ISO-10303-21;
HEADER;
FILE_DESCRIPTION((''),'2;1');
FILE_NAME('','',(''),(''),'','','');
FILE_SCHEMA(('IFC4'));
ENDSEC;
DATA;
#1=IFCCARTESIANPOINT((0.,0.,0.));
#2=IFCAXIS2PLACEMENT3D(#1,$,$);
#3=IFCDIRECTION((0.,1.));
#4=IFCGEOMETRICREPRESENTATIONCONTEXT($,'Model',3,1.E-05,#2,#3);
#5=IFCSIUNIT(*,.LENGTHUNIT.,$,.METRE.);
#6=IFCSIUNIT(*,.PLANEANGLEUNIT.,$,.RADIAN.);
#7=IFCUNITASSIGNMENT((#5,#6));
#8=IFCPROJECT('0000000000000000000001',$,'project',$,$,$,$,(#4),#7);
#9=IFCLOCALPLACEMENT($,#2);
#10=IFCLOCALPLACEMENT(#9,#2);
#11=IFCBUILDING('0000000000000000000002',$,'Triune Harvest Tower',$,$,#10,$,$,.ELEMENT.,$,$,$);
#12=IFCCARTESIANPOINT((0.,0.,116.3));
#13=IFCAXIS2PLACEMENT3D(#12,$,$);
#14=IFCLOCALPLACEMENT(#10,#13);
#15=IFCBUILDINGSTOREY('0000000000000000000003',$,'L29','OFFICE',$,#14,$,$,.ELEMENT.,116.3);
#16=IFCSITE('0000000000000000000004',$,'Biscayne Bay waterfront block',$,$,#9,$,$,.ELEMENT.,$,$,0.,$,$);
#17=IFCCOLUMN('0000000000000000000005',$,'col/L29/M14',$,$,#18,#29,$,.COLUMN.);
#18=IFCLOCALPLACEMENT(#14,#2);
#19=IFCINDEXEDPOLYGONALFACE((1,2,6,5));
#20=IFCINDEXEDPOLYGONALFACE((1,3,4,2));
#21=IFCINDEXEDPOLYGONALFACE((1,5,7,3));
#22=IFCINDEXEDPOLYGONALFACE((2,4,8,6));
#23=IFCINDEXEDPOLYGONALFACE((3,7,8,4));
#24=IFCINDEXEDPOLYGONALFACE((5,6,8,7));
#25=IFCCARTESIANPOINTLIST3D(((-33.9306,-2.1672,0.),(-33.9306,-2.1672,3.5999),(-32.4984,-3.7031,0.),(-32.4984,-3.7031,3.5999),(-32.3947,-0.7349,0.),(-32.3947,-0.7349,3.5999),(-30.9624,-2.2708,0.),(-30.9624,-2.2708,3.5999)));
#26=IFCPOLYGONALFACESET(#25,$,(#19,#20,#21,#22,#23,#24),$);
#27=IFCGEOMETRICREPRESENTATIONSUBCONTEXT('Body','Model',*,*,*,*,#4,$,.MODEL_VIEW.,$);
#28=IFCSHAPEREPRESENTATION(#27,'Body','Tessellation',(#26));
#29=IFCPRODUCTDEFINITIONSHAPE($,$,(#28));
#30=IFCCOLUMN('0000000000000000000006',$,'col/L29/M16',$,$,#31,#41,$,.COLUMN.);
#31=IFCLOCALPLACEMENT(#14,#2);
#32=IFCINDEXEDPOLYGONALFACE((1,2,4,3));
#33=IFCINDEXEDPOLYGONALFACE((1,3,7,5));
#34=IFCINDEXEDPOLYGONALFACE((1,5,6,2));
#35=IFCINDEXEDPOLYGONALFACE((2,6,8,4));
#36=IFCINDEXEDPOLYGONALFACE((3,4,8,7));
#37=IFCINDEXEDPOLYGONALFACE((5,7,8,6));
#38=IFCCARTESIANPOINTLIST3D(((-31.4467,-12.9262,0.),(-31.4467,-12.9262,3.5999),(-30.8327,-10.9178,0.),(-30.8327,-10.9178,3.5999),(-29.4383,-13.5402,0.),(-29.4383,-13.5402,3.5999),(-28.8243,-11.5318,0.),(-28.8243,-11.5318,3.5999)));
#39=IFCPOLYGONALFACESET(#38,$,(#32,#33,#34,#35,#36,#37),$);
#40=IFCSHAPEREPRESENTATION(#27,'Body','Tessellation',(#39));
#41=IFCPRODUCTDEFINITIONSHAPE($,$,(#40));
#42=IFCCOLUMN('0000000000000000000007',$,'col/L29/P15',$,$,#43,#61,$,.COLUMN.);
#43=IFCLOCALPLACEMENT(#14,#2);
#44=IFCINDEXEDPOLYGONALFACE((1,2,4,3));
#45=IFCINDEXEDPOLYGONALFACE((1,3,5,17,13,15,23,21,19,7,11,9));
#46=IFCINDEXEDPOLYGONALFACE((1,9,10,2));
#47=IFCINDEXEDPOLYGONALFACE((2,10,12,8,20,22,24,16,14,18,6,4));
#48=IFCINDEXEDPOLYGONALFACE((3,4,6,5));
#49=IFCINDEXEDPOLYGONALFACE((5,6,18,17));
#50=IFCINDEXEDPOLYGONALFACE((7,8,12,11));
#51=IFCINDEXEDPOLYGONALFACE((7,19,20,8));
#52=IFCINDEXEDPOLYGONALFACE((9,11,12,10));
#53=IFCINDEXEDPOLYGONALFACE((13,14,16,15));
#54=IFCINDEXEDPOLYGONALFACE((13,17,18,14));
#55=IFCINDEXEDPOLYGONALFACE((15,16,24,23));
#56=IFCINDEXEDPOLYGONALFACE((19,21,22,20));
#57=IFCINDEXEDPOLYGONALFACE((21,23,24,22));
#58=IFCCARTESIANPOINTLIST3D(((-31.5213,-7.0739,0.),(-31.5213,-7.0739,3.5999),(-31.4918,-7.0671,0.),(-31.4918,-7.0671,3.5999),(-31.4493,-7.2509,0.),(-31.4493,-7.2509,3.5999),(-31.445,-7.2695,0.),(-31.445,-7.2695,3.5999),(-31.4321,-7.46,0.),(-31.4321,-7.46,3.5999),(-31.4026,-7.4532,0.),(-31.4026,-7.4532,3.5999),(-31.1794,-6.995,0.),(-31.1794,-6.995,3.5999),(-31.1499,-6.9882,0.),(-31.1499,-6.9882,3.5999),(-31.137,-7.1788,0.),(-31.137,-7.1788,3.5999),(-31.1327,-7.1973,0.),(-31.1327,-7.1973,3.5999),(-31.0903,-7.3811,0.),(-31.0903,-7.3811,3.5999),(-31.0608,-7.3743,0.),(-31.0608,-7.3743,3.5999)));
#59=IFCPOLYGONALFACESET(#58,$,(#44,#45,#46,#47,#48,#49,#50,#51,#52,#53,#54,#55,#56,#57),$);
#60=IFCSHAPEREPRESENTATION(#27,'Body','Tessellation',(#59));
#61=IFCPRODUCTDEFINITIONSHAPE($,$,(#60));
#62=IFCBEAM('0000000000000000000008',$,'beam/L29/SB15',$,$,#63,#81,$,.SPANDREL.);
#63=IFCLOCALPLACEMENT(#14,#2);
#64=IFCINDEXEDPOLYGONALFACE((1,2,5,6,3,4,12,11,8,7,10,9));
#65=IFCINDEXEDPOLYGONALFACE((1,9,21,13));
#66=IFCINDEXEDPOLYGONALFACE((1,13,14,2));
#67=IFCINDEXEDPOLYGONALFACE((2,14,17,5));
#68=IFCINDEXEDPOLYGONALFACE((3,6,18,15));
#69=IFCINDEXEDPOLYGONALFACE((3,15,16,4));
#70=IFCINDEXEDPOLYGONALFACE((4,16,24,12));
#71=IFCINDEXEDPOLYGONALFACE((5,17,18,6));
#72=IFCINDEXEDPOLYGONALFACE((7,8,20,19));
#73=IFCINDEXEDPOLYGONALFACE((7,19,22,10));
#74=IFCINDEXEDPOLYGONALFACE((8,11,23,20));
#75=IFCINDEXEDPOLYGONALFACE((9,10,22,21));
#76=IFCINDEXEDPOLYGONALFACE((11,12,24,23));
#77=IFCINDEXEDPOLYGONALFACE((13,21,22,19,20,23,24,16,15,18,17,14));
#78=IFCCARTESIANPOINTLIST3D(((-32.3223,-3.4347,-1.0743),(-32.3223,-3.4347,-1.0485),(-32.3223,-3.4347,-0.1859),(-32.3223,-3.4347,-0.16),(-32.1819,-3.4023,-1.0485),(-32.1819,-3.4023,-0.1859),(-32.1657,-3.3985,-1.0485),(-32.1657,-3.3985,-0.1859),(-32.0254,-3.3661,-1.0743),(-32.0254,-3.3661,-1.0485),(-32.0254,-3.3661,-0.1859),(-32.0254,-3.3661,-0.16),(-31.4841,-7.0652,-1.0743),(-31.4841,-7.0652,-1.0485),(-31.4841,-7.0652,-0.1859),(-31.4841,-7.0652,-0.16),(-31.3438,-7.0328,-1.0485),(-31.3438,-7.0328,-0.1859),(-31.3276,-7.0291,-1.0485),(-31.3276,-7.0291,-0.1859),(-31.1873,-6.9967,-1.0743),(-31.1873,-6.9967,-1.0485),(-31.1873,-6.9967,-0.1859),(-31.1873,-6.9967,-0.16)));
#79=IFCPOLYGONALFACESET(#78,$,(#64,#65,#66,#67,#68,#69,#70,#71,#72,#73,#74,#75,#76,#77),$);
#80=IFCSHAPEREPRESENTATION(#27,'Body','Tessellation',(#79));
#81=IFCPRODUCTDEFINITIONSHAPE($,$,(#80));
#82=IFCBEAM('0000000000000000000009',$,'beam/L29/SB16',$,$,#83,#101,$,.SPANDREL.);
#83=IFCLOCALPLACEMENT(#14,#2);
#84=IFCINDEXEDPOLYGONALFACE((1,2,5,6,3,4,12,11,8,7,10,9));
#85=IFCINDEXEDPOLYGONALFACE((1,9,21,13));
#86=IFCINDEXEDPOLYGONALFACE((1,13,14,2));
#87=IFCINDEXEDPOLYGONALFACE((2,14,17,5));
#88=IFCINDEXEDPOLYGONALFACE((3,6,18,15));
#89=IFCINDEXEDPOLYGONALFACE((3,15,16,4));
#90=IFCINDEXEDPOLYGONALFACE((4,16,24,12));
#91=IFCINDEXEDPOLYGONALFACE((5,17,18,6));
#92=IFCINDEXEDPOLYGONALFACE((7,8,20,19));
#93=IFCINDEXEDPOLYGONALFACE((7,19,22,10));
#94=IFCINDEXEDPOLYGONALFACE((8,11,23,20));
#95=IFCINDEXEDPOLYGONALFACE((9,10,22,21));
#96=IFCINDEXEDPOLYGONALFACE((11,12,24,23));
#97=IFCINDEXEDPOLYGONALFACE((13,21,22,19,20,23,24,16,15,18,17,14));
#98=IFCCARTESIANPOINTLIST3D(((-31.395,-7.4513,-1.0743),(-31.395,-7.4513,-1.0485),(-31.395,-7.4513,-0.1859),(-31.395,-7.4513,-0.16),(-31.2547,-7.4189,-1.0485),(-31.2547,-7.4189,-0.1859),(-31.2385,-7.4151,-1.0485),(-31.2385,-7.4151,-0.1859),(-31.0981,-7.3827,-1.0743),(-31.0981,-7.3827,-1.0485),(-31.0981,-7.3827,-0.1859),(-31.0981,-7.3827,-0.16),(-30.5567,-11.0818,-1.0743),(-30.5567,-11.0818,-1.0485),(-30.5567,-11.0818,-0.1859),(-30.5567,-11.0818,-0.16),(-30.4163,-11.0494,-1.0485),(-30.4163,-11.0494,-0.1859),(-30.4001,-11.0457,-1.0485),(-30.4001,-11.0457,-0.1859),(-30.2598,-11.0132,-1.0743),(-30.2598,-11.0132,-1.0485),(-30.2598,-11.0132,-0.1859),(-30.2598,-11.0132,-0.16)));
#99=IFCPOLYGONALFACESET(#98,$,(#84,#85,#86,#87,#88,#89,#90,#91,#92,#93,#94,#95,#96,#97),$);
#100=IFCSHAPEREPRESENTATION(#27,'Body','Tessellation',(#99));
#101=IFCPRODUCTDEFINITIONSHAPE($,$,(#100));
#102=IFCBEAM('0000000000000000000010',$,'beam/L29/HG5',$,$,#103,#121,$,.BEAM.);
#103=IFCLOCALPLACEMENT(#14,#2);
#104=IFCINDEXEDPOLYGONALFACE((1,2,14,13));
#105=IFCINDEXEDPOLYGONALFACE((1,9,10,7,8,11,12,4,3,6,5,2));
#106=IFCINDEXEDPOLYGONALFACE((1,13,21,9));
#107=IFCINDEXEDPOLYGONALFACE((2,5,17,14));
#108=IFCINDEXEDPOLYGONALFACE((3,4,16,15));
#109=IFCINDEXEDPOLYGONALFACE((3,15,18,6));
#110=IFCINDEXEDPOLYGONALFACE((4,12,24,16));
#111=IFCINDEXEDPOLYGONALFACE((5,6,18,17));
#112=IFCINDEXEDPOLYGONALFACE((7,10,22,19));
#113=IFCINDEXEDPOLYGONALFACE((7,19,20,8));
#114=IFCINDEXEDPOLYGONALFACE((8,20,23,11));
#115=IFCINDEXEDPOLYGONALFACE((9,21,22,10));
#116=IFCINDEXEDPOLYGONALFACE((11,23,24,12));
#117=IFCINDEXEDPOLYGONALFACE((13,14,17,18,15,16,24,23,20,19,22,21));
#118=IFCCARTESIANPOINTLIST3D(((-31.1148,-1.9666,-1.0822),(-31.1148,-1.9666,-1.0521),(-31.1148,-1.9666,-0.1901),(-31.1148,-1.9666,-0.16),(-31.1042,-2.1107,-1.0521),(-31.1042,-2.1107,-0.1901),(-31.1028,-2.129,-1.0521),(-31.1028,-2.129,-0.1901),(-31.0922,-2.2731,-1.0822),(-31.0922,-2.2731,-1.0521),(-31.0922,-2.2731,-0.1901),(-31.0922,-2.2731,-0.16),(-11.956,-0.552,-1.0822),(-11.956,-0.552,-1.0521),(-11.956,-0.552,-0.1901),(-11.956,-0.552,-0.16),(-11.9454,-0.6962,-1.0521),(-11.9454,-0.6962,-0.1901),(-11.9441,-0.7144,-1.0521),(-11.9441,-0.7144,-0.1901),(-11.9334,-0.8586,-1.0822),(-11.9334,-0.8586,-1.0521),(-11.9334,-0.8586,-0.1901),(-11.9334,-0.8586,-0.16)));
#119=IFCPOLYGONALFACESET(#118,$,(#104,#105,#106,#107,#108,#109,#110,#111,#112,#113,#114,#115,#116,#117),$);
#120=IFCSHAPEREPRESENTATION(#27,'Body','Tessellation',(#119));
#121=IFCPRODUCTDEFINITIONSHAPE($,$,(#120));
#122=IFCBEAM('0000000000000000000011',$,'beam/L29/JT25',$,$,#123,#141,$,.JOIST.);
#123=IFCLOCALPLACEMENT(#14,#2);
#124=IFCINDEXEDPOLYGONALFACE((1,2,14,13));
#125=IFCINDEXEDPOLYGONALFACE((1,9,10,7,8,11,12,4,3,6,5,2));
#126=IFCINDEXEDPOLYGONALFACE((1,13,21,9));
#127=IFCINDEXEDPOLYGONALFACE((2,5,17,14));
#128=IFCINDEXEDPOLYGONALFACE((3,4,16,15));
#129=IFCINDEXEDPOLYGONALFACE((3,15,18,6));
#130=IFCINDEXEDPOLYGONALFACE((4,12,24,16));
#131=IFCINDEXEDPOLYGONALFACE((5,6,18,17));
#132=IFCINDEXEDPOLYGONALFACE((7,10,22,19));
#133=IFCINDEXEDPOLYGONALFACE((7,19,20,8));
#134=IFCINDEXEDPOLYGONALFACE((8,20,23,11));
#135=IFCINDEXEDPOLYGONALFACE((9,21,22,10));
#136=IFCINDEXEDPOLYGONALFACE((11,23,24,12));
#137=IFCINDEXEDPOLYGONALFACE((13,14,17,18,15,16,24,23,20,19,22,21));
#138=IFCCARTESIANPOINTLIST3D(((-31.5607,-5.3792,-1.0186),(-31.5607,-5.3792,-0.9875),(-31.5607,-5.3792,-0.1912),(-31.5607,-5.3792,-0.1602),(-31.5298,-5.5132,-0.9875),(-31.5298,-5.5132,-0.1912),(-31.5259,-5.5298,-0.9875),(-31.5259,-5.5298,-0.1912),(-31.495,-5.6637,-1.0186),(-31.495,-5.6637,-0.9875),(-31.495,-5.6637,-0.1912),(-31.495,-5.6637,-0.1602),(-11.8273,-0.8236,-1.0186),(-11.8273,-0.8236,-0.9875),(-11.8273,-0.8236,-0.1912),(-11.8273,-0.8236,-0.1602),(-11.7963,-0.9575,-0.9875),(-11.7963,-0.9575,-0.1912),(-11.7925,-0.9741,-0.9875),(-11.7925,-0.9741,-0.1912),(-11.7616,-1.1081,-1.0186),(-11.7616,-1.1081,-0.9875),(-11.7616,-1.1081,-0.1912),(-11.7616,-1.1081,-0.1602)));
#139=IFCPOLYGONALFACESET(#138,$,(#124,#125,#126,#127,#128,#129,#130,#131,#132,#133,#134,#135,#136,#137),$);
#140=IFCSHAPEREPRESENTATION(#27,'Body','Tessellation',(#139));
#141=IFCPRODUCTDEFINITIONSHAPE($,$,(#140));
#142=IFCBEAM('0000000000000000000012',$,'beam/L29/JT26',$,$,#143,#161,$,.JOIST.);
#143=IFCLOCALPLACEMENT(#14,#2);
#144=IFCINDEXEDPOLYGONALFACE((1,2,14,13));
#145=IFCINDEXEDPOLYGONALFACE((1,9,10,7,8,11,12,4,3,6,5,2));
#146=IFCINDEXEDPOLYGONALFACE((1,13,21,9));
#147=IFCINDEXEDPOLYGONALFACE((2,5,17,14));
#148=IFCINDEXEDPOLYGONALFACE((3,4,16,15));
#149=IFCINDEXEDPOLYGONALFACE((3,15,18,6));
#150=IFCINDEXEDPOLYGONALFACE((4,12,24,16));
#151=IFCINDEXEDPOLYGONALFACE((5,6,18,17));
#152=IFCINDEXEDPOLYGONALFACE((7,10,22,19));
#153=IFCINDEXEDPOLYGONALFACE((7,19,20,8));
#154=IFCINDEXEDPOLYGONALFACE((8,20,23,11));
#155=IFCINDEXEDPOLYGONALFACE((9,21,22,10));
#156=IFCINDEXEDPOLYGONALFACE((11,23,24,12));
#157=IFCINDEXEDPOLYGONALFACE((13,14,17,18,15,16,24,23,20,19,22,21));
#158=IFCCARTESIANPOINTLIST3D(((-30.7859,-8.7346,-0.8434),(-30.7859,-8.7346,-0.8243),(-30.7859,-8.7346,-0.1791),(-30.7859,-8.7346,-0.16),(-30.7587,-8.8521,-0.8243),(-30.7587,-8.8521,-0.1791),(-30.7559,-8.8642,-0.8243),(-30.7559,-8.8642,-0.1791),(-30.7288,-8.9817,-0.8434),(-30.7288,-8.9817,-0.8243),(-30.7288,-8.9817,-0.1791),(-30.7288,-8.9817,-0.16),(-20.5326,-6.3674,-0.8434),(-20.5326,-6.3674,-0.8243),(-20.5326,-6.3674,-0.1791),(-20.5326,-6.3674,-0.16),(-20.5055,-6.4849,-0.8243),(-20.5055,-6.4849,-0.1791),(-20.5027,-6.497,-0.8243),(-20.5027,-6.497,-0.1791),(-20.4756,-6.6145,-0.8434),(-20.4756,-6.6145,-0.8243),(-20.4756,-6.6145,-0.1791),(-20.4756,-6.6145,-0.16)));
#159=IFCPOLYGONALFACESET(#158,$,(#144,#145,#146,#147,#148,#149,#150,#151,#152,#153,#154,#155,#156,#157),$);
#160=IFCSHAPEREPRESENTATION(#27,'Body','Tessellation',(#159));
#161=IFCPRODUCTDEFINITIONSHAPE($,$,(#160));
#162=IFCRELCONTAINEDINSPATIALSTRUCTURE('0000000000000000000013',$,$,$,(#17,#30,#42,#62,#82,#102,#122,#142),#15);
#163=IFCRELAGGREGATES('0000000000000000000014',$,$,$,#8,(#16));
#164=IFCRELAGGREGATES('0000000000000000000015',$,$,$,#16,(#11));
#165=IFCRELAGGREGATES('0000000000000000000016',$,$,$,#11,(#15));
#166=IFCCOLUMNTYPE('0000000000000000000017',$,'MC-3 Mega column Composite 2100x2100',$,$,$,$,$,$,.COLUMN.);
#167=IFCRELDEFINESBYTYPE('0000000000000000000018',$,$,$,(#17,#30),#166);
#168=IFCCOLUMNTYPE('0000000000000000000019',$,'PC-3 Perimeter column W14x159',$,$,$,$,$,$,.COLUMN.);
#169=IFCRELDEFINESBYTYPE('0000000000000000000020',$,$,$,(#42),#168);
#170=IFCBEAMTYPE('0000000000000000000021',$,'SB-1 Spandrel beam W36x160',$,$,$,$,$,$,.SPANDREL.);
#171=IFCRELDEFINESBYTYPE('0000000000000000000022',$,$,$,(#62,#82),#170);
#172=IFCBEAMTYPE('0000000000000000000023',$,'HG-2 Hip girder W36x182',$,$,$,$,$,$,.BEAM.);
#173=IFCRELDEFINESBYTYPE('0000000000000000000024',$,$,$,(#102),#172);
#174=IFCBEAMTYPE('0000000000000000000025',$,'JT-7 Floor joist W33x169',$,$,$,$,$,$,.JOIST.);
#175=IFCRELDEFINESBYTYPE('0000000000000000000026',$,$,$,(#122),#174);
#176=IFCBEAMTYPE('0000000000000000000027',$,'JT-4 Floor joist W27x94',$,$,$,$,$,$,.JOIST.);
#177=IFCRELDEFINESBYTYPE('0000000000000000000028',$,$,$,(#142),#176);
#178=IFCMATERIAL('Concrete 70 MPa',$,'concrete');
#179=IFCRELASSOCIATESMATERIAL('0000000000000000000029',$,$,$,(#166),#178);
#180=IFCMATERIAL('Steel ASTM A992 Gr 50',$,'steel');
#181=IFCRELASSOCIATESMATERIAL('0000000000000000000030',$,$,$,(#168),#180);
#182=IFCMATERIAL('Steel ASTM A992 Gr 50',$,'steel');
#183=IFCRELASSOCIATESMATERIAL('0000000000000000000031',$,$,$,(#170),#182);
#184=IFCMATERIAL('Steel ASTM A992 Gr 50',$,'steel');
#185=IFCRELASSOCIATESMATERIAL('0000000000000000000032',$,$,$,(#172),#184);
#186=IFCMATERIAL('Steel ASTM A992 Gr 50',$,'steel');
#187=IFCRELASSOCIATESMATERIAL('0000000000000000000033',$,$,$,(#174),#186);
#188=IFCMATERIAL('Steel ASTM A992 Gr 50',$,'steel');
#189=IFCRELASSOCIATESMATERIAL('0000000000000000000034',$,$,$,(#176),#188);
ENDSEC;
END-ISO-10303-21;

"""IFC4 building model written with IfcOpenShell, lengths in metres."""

from ifc_helpers import new_model, si_unit, direction, frame, origin, origin_2d, place, context, subcontext, project, spatial, rectangle, i_section, extrude, source, transform, mapped, material, material_profile, profile_set, type_object, element, save


model = new_model("IFC4")

# Units and contexts
model_context = context("Model", 3, precision=1e-05, world=origin(), true_north=direction((0.0, 1.0)))
body_context = subcontext(model_context, "Body", "Model", "MODEL_VIEW")
ifc_project = project(units=[si_unit("LENGTHUNIT", "METRE"), si_unit("PLANEANGLEUNIT", "RADIAN")], contexts=[model_context])

# Site, building, storey
site_placement = place(None, origin())
site = spatial("IfcSite", under=ifc_project, at=site_placement, Name="Biscayne Bay waterfront block", CompositionType="ELEMENT", RefElevation=0.0)
building_placement = place(site_placement, origin())
building = spatial("IfcBuilding", under=site, at=building_placement, Name="Triune Harvest Tower", CompositionType="ELEMENT")
storey_placement = place(building_placement, frame((0.0, 0.0, 116.3)))
storey = spatial("IfcBuildingStorey", under=building, at=storey_placement, Name="L29", Description="OFFICE", CompositionType="ELEMENT", Elevation=116.3)

# Columns
ifc_material_1 = material(Name="Concrete 70 MPa", Category="concrete")
ifc_material_profile_1 = material_profile(ifc_material_1, rectangle(XDim=2.1001, YDim=2.1001, at=origin_2d()), Name="Composite 2100x2100")
ifc_profile_set_1 = profile_set([ifc_material_profile_1], Name="Concrete 70 MPa")
column_type_1 = type_object("IfcColumnType", Name="MC-3 Mega column Composite 2100x2100", PredefinedType="COLUMN", material=ifc_profile_set_1)
shared_shape_1 = source(origin(), body_context, "Body", "SweptSolid", [
    extrude(rectangle(XDim=2.1001, YDim=2.1001, at=origin_2d()), origin(), (0.0, 0.0, 1.0), 3.5999),
])
for number, where, z_axis, x_axis, name in (
    (1, (-32.4465, -2.219, 0.0), (0.0, 0.0, 1.0), (-0.731355, -0.681997, 0.0), "col/L29/M14"),
    (2, (-30.1355, -12.229, 0.0), (0.0, 0.0, 1.0), (0.956305, -0.292372, 0.0), "col/L29/M16"),
):
    element("IfcColumn", number, at=place(storey_placement, frame(where, z_axis=z_axis, x_axis=x_axis)), inside=storey, type_object=column_type_1, Name=name, PredefinedType="COLUMN", context=body_context, shape_type="MappedRepresentation", body=[
        mapped(shared_shape_1, transform((0.0, 0.0, 0.0), scale=1.0)),
    ])
ifc_material_2 = material(Name="Steel ASTM A992 Gr 50", Category="steel")
ifc_material_profile_2 = material_profile(ifc_material_2, i_section(OverallWidth=0.3962, OverallDepth=0.3811, WebThickness=0.019, FlangeThickness=0.0303, at=origin_2d()), Name="W14x159")
ifc_profile_set_2 = profile_set([ifc_material_profile_2], Name="Steel ASTM A992 Gr 50")
column_type_2 = type_object("IfcColumnType", Name="PC-3 Perimeter column W14x159", PredefinedType="COLUMN", material=ifc_profile_set_2)
shared_shape_2 = source(origin(), body_context, "Body", "SweptSolid", [
    extrude(i_section(OverallWidth=0.3962, OverallDepth=0.3811, WebThickness=0.019, FlangeThickness=0.0303, at=origin_2d()), origin(), (0.0, 0.0, 1.0), 3.5999),
])
column_placement = place(storey_placement, frame((-31.291, -7.2241, 0.0), z_axis=(0.0, 0.0, 1.0), x_axis=(0.224951, -0.97437, 0.0)))
element("IfcColumn", 3, at=column_placement, inside=storey, type_object=column_type_2, Name="col/L29/P15", PredefinedType="COLUMN", context=body_context, shape_type="MappedRepresentation", body=[
    mapped(shared_shape_2, transform((0.0, 0.0, 0.0), scale=1.0)),
])

# Beams
ifc_material_3 = material(Name="Steel ASTM A992 Gr 50", Category="steel")
ifc_material_profile_3 = material_profile(ifc_material_3, i_section(OverallWidth=0.3047, OverallDepth=0.9143, WebThickness=0.0166, FlangeThickness=0.0259, at=origin_2d()), Name="W36x160")
ifc_profile_set_3 = profile_set([ifc_material_profile_3], Name="Steel ASTM A992 Gr 50")
beam_type_1 = type_object("IfcBeamType", Name="SB-1 Spandrel beam W36x160", PredefinedType="SPANDREL", material=ifc_profile_set_3)
shared_shape_3 = source(origin(), body_context, "Body", "SweptSolid", [
    extrude(i_section(OverallWidth=0.3047, OverallDepth=0.9143, WebThickness=0.0166, FlangeThickness=0.0259, at=origin_2d()), origin(), (0.0, 0.0, 1.0), 3.7261),
])
for number, where, z_axis, x_axis, name in (
    (4, (-32.1738, -3.4004, -0.6172), (0.224936, -0.974374, 0.0), (0.974374, 0.224936, 0.0), "beam/L29/SB15"),
    (5, (-31.2466, -7.417, -0.6172), (0.224998, -0.974359, 0.0), (0.974359, 0.224998, 0.0), "beam/L29/SB16"),
):
    element("IfcBeam", number, at=place(storey_placement, frame(where, z_axis=z_axis, x_axis=x_axis)), inside=storey, type_object=beam_type_1, Name=name, PredefinedType="SPANDREL", context=body_context, shape_type="MappedRepresentation", body=[
        mapped(shared_shape_3, transform((0.0, 0.0, 0.0), scale=1.0)),
    ])
ifc_material_4 = material(Name="Steel ASTM A992 Gr 50", Category="steel")
ifc_material_profile_4 = material_profile(ifc_material_4, i_section(OverallWidth=0.3074, OverallDepth=0.9221, WebThickness=0.0183, FlangeThickness=0.03, at=origin_2d()), Name="W36x182")
ifc_profile_set_4 = profile_set([ifc_material_profile_4], Name="Steel ASTM A992 Gr 50")
beam_type_2 = type_object("IfcBeamType", Name="HG-2 Hip girder W36x182", PredefinedType="BEAM", material=ifc_profile_set_4)
shared_shape_4 = source(origin(), body_context, "Body", "SweptSolid", [
    extrude(i_section(OverallWidth=0.3074, OverallDepth=0.9221, WebThickness=0.0183, FlangeThickness=0.03, at=origin_2d()), origin(), (0.0, 0.0, 1.0), 19.2109),
])
beam_1_placement = place(storey_placement, frame((-31.1035, -2.1199, -0.6211), z_axis=(0.997285, 0.073633, 0.0), x_axis=(-0.073633, 0.997285, 0.0)))
element("IfcBeam", 6, at=beam_1_placement, inside=storey, type_object=beam_type_2, Name="beam/L29/HG5", PredefinedType="BEAM", context=body_context, shape_type="MappedRepresentation", body=[
    mapped(shared_shape_4, transform((0.0, 0.0, 0.0), scale=1.0)),
])
ifc_material_5 = material(Name="Steel ASTM A992 Gr 50", Category="steel")
ifc_material_profile_5 = material_profile(ifc_material_5, i_section(OverallWidth=0.292, OverallDepth=0.8584, WebThickness=0.0171, FlangeThickness=0.031, at=origin_2d()), Name="W33x169")
ifc_profile_set_5 = profile_set([ifc_material_profile_5], Name="Steel ASTM A992 Gr 50")
beam_type_3 = type_object("IfcBeamType", Name="JT-7 Floor joist W33x169", PredefinedType="JOIST", material=ifc_profile_set_5)
shared_shape_5 = source(origin(), body_context, "Body", "SweptSolid", [
    extrude(i_section(OverallWidth=0.292, OverallDepth=0.8584, WebThickness=0.0171, FlangeThickness=0.031, at=origin_2d()), origin(), (0.0, 0.0, 1.0), 20.2524),
])
beam_2_placement = place(storey_placement, frame((-31.5278, -5.5215, -0.5894), z_axis=(0.974372, 0.224944, 0.0), x_axis=(-0.224944, 0.974372, 0.0)))
element("IfcBeam", 7, at=beam_2_placement, inside=storey, type_object=beam_type_3, Name="beam/L29/JT25", PredefinedType="JOIST", context=body_context, shape_type="MappedRepresentation", body=[
    mapped(shared_shape_5, transform((0.0, 0.0, 0.0), scale=1.0)),
])
ifc_material_6 = material(Name="Steel ASTM A992 Gr 50", Category="steel")
ifc_material_profile_6 = material_profile(ifc_material_6, i_section(OverallWidth=0.2537, OverallDepth=0.6833, WebThickness=0.0125, FlangeThickness=0.019, at=origin_2d()), Name="W27x94")
ifc_profile_set_6 = profile_set([ifc_material_profile_6], Name="Steel ASTM A992 Gr 50")
beam_type_4 = type_object("IfcBeamType", Name="JT-4 Floor joist W27x94", PredefinedType="JOIST", material=ifc_profile_set_6)
shared_shape_6 = source(origin(), body_context, "Body", "SweptSolid", [
    extrude(i_section(OverallWidth=0.2537, OverallDepth=0.6833, WebThickness=0.0125, FlangeThickness=0.019, at=origin_2d()), origin(), (0.0, 0.0, 1.0), 10.5229),
])
beam_3_placement = place(storey_placement, frame((-30.7573, -8.8582, -0.5017), z_axis=(0.974369, 0.224956, 0.0), x_axis=(-0.224956, 0.974369, 0.0)))
element("IfcBeam", 8, at=beam_3_placement, inside=storey, type_object=beam_type_4, Name="beam/L29/JT26", PredefinedType="JOIST", context=body_context, shape_type="MappedRepresentation", body=[
    mapped(shared_shape_6, transform((0.0, 0.0, 0.0), scale=1.0)),
])

save(model, "model.ifc")
